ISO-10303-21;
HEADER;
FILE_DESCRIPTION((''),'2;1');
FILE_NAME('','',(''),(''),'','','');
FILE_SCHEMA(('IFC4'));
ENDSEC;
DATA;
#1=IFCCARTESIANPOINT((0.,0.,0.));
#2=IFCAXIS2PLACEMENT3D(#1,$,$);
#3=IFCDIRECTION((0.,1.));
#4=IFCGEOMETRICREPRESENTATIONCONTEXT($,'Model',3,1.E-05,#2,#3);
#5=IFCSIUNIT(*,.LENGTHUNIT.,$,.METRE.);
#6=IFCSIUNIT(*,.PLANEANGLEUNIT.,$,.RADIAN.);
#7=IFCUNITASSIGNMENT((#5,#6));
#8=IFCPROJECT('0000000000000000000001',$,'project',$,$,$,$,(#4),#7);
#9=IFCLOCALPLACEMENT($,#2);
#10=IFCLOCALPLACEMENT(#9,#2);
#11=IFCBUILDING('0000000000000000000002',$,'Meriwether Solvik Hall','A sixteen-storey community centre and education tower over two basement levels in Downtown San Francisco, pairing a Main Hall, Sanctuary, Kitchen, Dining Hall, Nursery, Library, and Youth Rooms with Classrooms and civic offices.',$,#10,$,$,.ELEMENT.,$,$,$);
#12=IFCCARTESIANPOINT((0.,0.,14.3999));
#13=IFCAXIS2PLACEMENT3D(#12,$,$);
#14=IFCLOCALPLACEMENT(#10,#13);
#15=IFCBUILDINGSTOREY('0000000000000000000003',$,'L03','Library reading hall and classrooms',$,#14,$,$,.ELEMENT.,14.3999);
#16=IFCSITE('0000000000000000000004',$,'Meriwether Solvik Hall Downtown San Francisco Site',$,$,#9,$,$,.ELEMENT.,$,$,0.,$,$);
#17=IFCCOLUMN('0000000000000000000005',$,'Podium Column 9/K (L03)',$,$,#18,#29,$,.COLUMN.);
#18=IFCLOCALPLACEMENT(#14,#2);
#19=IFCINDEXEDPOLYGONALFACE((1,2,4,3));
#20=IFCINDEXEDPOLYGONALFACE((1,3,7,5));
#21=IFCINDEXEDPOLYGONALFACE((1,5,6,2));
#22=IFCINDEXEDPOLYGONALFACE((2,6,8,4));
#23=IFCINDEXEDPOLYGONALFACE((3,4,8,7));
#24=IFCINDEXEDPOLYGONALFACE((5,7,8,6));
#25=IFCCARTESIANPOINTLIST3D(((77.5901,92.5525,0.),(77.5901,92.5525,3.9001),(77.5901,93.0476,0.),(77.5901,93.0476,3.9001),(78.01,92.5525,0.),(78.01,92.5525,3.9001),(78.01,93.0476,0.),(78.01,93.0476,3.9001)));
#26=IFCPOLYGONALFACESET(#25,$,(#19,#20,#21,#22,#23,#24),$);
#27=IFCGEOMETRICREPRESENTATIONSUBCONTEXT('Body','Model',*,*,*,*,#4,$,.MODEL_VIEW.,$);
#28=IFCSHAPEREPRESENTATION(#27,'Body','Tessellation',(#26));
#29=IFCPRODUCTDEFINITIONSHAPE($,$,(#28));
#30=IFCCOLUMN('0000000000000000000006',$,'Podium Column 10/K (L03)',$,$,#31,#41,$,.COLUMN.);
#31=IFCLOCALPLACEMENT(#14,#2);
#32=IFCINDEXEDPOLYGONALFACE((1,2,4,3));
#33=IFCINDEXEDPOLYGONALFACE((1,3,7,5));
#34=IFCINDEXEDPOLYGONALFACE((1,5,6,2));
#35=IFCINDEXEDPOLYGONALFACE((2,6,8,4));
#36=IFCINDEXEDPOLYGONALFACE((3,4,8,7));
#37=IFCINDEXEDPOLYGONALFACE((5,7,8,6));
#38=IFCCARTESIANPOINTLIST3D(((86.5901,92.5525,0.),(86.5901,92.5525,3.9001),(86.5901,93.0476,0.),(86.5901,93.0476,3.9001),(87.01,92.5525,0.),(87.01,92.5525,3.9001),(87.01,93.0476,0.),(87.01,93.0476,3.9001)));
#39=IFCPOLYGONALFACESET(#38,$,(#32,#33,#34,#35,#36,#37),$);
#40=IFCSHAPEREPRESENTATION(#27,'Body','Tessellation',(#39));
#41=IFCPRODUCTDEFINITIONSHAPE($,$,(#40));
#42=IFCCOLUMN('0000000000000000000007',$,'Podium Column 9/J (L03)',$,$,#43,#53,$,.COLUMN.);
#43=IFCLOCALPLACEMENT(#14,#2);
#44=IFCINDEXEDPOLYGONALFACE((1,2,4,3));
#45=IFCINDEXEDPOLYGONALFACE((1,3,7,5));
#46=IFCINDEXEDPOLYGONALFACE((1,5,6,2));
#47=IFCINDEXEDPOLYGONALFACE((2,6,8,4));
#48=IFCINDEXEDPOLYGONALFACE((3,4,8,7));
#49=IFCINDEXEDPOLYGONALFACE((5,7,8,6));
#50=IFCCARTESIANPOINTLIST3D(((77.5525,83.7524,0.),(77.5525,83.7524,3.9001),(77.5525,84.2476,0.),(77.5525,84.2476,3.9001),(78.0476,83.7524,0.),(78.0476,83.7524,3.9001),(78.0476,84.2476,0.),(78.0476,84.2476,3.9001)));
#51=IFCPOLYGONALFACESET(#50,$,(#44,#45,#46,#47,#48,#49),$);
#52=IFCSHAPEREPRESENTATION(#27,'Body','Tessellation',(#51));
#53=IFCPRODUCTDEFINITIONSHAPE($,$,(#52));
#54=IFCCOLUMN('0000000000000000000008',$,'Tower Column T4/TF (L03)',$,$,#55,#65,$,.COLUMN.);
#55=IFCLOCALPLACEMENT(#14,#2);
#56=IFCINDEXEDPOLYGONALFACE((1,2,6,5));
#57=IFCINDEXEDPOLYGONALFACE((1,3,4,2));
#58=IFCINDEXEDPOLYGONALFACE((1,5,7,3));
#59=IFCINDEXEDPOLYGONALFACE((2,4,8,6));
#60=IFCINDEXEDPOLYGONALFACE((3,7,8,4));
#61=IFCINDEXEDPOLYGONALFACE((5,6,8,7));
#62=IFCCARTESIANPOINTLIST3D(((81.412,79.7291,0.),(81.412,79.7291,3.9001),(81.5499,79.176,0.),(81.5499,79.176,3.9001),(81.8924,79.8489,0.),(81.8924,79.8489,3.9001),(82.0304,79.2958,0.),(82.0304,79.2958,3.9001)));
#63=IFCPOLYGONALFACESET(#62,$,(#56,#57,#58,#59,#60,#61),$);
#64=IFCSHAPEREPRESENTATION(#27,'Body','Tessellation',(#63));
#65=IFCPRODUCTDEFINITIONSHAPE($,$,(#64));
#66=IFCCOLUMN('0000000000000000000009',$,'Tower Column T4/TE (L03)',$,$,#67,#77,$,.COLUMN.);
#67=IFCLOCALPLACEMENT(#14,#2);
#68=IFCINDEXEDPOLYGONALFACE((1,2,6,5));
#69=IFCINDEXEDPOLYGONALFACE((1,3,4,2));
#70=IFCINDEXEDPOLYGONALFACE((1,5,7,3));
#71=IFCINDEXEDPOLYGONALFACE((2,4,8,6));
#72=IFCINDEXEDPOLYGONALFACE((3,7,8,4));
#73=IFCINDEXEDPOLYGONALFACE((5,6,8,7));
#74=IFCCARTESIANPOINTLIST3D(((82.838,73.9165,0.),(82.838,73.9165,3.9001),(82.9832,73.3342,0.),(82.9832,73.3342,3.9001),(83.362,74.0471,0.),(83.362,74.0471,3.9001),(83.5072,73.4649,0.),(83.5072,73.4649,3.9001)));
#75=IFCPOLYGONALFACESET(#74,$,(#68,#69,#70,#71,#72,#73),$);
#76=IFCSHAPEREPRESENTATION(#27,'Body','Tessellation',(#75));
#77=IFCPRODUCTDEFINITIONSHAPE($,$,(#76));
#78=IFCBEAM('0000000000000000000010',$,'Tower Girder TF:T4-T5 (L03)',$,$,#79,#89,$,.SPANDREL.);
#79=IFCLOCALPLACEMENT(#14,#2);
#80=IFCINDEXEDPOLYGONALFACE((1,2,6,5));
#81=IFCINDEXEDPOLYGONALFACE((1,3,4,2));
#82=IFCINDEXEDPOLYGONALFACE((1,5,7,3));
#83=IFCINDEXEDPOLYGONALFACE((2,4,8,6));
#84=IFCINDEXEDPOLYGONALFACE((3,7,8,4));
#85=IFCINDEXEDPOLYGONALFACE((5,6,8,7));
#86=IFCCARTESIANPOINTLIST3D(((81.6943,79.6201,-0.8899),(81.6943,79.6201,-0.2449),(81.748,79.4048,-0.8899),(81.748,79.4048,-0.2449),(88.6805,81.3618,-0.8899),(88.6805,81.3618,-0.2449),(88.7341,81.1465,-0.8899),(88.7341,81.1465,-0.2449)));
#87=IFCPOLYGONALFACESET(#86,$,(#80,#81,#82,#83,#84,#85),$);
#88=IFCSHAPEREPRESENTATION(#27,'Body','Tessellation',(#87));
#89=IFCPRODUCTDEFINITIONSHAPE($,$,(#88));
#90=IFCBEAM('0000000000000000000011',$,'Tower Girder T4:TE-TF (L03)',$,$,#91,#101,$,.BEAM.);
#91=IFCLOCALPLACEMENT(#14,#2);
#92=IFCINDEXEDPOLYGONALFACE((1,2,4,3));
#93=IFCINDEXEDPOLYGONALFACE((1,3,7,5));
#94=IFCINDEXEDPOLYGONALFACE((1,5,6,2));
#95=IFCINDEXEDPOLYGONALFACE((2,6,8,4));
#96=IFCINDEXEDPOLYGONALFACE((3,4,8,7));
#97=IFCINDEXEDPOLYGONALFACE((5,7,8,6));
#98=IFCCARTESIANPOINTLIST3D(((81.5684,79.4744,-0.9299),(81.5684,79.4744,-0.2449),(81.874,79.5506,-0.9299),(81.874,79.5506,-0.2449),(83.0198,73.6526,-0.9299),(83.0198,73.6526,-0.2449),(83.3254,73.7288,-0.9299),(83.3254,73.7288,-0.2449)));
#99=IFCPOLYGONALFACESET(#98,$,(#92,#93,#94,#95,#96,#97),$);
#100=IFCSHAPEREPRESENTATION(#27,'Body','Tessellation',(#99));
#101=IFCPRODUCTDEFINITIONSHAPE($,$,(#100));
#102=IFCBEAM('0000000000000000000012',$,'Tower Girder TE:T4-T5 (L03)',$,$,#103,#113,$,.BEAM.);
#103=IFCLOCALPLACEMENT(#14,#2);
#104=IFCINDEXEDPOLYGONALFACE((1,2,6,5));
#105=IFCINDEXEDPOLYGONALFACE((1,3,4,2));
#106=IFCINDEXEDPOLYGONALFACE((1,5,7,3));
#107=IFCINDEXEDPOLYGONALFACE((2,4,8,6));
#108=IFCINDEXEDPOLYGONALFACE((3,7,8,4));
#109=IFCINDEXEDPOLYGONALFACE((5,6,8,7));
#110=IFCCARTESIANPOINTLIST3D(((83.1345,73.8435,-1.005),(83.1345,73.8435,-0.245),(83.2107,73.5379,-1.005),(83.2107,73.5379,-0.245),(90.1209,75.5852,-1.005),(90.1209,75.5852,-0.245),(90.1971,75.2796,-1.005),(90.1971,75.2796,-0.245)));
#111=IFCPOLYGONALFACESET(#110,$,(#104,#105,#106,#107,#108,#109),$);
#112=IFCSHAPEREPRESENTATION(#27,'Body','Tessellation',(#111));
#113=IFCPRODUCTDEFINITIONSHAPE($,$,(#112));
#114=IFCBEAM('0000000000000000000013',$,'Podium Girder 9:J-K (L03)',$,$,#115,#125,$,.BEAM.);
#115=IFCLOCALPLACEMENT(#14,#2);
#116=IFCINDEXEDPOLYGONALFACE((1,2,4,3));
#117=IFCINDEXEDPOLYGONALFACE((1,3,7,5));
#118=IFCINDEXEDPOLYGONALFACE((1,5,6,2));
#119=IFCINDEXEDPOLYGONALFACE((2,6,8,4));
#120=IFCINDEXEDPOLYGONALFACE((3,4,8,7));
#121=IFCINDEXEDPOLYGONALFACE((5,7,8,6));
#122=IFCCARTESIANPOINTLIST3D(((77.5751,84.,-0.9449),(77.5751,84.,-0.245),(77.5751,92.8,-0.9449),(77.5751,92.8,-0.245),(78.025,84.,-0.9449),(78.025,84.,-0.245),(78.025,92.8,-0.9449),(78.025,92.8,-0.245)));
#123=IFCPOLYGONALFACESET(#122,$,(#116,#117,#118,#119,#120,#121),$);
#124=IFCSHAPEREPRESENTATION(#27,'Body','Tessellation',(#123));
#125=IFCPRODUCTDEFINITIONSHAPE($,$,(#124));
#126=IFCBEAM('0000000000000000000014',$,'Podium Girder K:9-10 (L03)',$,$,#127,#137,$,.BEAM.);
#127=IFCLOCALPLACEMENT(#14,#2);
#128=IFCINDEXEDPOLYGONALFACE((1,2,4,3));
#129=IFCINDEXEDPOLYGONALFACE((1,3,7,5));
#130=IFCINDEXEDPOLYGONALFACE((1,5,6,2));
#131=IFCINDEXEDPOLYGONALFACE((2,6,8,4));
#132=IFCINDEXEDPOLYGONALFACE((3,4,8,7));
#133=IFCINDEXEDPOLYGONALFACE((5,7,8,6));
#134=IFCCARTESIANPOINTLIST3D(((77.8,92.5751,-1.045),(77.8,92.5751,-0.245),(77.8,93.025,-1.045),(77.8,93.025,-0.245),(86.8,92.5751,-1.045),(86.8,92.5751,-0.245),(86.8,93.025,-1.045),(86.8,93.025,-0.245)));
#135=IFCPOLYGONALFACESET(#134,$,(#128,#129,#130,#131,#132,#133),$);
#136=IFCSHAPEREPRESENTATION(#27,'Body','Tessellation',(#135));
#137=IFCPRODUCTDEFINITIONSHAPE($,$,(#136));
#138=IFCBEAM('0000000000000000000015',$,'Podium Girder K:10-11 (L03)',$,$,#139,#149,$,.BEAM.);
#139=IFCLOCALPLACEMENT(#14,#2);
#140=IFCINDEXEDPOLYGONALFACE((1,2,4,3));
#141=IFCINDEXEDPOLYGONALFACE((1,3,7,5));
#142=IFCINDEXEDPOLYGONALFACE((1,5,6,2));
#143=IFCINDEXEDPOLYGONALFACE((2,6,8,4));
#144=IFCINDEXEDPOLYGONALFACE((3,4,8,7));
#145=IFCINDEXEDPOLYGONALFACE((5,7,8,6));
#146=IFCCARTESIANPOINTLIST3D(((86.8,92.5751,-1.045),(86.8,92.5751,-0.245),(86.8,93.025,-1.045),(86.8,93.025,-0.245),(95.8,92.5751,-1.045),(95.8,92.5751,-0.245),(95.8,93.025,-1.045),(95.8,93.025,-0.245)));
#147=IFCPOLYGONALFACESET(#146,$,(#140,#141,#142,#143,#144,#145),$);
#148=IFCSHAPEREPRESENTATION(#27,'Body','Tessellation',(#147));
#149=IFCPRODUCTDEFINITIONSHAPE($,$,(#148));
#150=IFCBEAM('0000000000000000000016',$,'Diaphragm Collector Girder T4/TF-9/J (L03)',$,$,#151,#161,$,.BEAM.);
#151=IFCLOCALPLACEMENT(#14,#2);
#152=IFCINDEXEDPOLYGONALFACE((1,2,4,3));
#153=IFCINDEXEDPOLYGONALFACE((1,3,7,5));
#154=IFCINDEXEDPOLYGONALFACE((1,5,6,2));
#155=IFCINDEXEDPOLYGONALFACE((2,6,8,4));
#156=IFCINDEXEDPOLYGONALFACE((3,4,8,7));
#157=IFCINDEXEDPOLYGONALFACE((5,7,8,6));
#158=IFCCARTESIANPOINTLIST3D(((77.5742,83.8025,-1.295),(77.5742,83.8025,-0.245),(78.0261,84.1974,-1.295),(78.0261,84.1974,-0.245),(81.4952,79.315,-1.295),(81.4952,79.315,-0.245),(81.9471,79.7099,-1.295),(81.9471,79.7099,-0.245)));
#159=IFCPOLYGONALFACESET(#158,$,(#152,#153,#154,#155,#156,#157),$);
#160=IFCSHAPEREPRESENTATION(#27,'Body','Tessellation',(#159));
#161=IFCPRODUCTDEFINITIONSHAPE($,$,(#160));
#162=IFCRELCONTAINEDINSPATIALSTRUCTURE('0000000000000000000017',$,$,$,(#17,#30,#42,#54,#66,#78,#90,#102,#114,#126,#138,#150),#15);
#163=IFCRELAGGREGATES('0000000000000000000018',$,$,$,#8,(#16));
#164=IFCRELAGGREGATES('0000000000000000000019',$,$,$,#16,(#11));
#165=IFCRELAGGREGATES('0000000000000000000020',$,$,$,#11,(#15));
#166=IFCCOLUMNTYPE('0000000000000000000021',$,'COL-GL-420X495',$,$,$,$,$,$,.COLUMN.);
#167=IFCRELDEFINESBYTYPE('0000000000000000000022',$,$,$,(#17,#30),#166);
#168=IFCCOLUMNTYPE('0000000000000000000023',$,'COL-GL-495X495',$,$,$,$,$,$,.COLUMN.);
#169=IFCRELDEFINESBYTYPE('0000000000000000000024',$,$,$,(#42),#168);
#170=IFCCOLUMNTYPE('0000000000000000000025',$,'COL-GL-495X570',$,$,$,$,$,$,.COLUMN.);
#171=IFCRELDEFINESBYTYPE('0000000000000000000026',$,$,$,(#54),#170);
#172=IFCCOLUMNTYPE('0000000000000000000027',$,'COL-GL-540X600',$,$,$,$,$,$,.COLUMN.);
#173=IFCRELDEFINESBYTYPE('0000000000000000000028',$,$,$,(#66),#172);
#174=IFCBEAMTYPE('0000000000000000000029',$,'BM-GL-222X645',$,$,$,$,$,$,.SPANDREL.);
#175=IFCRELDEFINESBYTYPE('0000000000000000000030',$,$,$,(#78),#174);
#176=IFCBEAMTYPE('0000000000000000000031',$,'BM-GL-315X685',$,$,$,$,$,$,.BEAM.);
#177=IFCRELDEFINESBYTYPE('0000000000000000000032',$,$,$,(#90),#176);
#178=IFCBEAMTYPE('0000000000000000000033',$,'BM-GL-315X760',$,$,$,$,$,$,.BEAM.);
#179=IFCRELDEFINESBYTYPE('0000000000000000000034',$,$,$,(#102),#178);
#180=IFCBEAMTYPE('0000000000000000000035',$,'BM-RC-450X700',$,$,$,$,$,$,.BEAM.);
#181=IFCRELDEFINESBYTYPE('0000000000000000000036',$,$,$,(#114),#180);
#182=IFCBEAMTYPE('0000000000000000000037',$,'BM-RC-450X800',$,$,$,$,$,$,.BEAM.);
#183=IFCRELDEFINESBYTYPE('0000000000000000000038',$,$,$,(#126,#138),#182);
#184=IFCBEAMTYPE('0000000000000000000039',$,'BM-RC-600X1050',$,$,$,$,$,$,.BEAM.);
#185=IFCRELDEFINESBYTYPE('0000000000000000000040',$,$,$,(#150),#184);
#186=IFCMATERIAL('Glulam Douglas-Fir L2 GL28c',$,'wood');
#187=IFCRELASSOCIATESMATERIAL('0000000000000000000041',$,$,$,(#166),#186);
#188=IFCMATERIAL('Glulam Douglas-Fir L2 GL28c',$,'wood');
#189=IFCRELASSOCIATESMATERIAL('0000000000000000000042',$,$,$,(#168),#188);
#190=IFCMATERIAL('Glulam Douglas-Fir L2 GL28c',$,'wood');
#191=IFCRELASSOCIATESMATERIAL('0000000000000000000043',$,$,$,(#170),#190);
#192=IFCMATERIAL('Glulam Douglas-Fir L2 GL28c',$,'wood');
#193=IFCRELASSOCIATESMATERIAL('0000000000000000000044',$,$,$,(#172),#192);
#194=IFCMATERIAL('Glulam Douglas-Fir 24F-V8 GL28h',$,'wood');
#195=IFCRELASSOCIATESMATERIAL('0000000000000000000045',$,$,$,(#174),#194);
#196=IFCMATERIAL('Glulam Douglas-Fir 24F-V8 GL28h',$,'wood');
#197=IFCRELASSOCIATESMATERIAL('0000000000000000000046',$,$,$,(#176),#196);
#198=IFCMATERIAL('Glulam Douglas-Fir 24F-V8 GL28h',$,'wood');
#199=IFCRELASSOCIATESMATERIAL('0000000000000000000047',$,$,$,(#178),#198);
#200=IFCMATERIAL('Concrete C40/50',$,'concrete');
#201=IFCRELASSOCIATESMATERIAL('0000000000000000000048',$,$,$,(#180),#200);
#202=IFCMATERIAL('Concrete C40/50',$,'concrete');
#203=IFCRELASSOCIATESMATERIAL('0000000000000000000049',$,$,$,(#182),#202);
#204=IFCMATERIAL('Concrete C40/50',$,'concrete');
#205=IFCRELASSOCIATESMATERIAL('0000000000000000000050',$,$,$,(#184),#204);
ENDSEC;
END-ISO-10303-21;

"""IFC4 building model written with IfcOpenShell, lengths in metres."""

from ifc_helpers import new_model, si_unit, direction, frame, origin, origin_2d, place, context, subcontext, project, spatial, rectangle, extrude, material, material_profile, profile_set, type_object, element, save


model = new_model("IFC4")

# Units and contexts
model_context = context("Model", 3, precision=1e-05, world=origin(), true_north=direction((0.0, 1.0)))
body_context = subcontext(model_context, "Body", "Model", "MODEL_VIEW")
ifc_project = project(units=[si_unit("LENGTHUNIT", "METRE"), si_unit("PLANEANGLEUNIT", "RADIAN")], contexts=[model_context])

# Site, building, storey
site_placement = place(None, origin())
site = spatial("IfcSite", under=ifc_project, at=site_placement, Name="Meriwether Solvik Hall Downtown San Francisco Site", CompositionType="ELEMENT", RefElevation=0.0)
building_placement = place(site_placement, origin())
building = spatial("IfcBuilding", under=site, at=building_placement, Name="Meriwether Solvik Hall", Description="A sixteen-storey community centre and education tower over two basement levels in Downtown San Francisco, pairing a Main Hall, Sanctuary, Kitchen, Dining Hall, Nursery, Library, and Youth Rooms with Classrooms and civic offices.", CompositionType="ELEMENT")
storey_placement = place(building_placement, frame((0.0, 0.0, 14.3999)))
storey = spatial("IfcBuildingStorey", under=building, at=storey_placement, Name="L03", Description="Library reading hall and classrooms", CompositionType="ELEMENT", Elevation=14.3999)

# Columns
ifc_material_1 = material(Name="Glulam Douglas-Fir L2 GL28c", Category="wood")
ifc_material_profile_1 = material_profile(ifc_material_1, rectangle(XDim=0.4199, YDim=0.4951, at=origin_2d()), Name="GLC-420X495")
ifc_profile_set_1 = profile_set([ifc_material_profile_1], Name="Glulam Douglas-Fir L2 GL28c")
column_type_1 = type_object("IfcColumnType", Name="COL-GL-420X495", PredefinedType="COLUMN", material=ifc_profile_set_1)
for number, where, z_axis, x_axis, name in (
    (1, (77.8, 92.8, 0.0), (0.0, 0.0, 1.0), (1.0, 0.0, 0.0), "Podium Column 9/K (L03)"),
    (2, (86.8, 92.8, 0.0), (0.0, 0.0, 1.0), (1.0, 0.0, 0.0), "Podium Column 10/K (L03)"),
):
    element("IfcColumn", number, at=place(storey_placement, frame(where, z_axis=z_axis, x_axis=x_axis)), inside=storey, type_object=column_type_1, Name=name, PredefinedType="COLUMN", context=body_context, shape_type="SweptSolid", body=[
        extrude(rectangle(XDim=0.4199, YDim=0.4951, at=origin_2d()), origin(), (0.0, 0.0, 1.0), 3.9001),
    ])
ifc_material_2 = material(Name="Glulam Douglas-Fir L2 GL28c", Category="wood")
ifc_material_profile_2 = material_profile(ifc_material_2, rectangle(XDim=0.4951, YDim=0.4951, at=origin_2d()), Name="GLC-495X495")
ifc_profile_set_2 = profile_set([ifc_material_profile_2], Name="Glulam Douglas-Fir L2 GL28c")
column_type_2 = type_object("IfcColumnType", Name="COL-GL-495X495", PredefinedType="COLUMN", material=ifc_profile_set_2)
column_1_placement = place(storey_placement, frame((77.8, 84.0, 0.0), z_axis=(0.0, 0.0, 1.0), x_axis=(1.0, 0.0, 0.0)))
element("IfcColumn", 3, at=column_1_placement, inside=storey, type_object=column_type_2, Name="Podium Column 9/J (L03)", PredefinedType="COLUMN", context=body_context, shape_type="SweptSolid", body=[
    extrude(rectangle(XDim=0.4951, YDim=0.4951, at=origin_2d()), origin(), (0.0, 0.0, 1.0), 3.9001),
])
ifc_material_3 = material(Name="Glulam Douglas-Fir L2 GL28c", Category="wood")
ifc_material_profile_3 = material_profile(ifc_material_3, rectangle(XDim=0.4951, YDim=0.5701, at=origin_2d()), Name="GLC-495X570")
ifc_profile_set_3 = profile_set([ifc_material_profile_3], Name="Glulam Douglas-Fir L2 GL28c")
column_type_3 = type_object("IfcColumnType", Name="COL-GL-495X570", PredefinedType="COLUMN", material=ifc_profile_set_3)
column_2_placement = place(storey_placement, frame((81.7212, 79.5125, 0.0), z_axis=(0.0, 0.0, 1.0), x_axis=(0.970296, 0.241922, 0.0)))
element("IfcColumn", 4, at=column_2_placement, inside=storey, type_object=column_type_3, Name="Tower Column T4/TF (L03)", PredefinedType="COLUMN", context=body_context, shape_type="SweptSolid", body=[
    extrude(rectangle(XDim=0.4951, YDim=0.5701, at=origin_2d()), origin(), (0.0, 0.0, 1.0), 3.9001),
])
ifc_material_4 = material(Name="Glulam Douglas-Fir L2 GL28c", Category="wood")
ifc_material_profile_4 = material_profile(ifc_material_4, rectangle(XDim=0.54, YDim=0.6001, at=origin_2d()), Name="GLC-540X600")
ifc_profile_set_4 = profile_set([ifc_material_profile_4], Name="Glulam Douglas-Fir L2 GL28c")
column_type_4 = type_object("IfcColumnType", Name="COL-GL-540X600", PredefinedType="COLUMN", material=ifc_profile_set_4)
column_3_placement = place(storey_placement, frame((83.1726, 73.6907, 0.0), z_axis=(0.0, 0.0, 1.0), x_axis=(0.970296, 0.241922, 0.0)))
element("IfcColumn", 5, at=column_3_placement, inside=storey, type_object=column_type_4, Name="Tower Column T4/TE (L03)", PredefinedType="COLUMN", context=body_context, shape_type="SweptSolid", body=[
    extrude(rectangle(XDim=0.54, YDim=0.6001, at=origin_2d()), origin(), (0.0, 0.0, 1.0), 3.9001),
])

# Beams
ifc_material_5 = material(Name="Glulam Douglas-Fir 24F-V8 GL28h", Category="wood")
ifc_material_profile_5 = material_profile(ifc_material_5, rectangle(XDim=0.2219, YDim=0.645, at=origin_2d()), Name="GLB-222X645")
ifc_profile_set_5 = profile_set([ifc_material_profile_5], Name="Glulam Douglas-Fir 24F-V8 GL28h")
beam_type_1 = type_object("IfcBeamType", Name="BM-GL-222X645", PredefinedType="SPANDREL", material=ifc_profile_set_5)
beam_1_placement = place(storey_placement, frame((81.7212, 79.5125, -0.5674), z_axis=(0.9703, 0.241905, 0.0), x_axis=(-0.241905, 0.9703, 0.0)))
element("IfcBeam", 6, at=beam_1_placement, inside=storey, type_object=beam_type_1, Name="Tower Girder TF:T4-T5 (L03)", PredefinedType="SPANDREL", context=body_context, shape_type="SweptSolid", body=[
    extrude(rectangle(XDim=0.2219, YDim=0.645, at=origin_2d()), origin(), (0.0, 0.0, 1.0), 7.2),
])
ifc_material_6 = material(Name="Glulam Douglas-Fir 24F-V8 GL28h", Category="wood")
ifc_material_profile_6 = material_profile(ifc_material_6, rectangle(XDim=0.3149, YDim=0.6851, at=origin_2d()), Name="GLB-315X685")
ifc_profile_set_6 = profile_set([ifc_material_profile_6], Name="Glulam Douglas-Fir 24F-V8 GL28h")
beam_type_2 = type_object("IfcBeamType", Name="BM-GL-315X685", PredefinedType="BEAM", material=ifc_profile_set_6)
beam_2_placement = place(storey_placement, frame((83.1726, 73.6907, -0.5874), z_axis=(-0.241904, 0.9703, 0.0), x_axis=(-0.9703, -0.241904, 0.0)))
element("IfcBeam", 7, at=beam_2_placement, inside=storey, type_object=beam_type_2, Name="Tower Girder T4:TE-TF (L03)", PredefinedType="BEAM", context=body_context, shape_type="SweptSolid", body=[
    extrude(rectangle(XDim=0.3149, YDim=0.6851, at=origin_2d()), origin(), (0.0, 0.0, 1.0), 6.0),
])
ifc_material_7 = material(Name="Glulam Douglas-Fir 24F-V8 GL28h", Category="wood")
ifc_material_profile_7 = material_profile(ifc_material_7, rectangle(XDim=0.3149, YDim=0.76, at=origin_2d()), Name="GLB-315X760")
ifc_profile_set_7 = profile_set([ifc_material_profile_7], Name="Glulam Douglas-Fir 24F-V8 GL28h")
beam_type_3 = type_object("IfcBeamType", Name="BM-GL-315X760", PredefinedType="BEAM", material=ifc_profile_set_7)
beam_3_placement = place(storey_placement, frame((83.1726, 73.6907, -0.625), z_axis=(0.970302, 0.241897, 0.0), x_axis=(-0.241897, 0.970302, 0.0)))
element("IfcBeam", 8, at=beam_3_placement, inside=storey, type_object=beam_type_3, Name="Tower Girder TE:T4-T5 (L03)", PredefinedType="BEAM", context=body_context, shape_type="SweptSolid", body=[
    extrude(rectangle(XDim=0.3149, YDim=0.76, at=origin_2d()), origin(), (0.0, 0.0, 1.0), 7.2002),
])
ifc_material_8 = material(Name="Concrete C40/50", Category="concrete")
ifc_material_profile_8 = material_profile(ifc_material_8, rectangle(XDim=0.45, YDim=0.7, at=origin_2d()), Name="RCB-450X700")
ifc_profile_set_8 = profile_set([ifc_material_profile_8], Name="Concrete C40/50")
beam_type_4 = type_object("IfcBeamType", Name="BM-RC-450X700", PredefinedType="BEAM", material=ifc_profile_set_8)
beam_4_placement = place(storey_placement, frame((77.8, 84.0, -0.595), z_axis=(0.0, 1.0, 0.0), x_axis=(-1.0, 0.0, 0.0)))
element("IfcBeam", 9, at=beam_4_placement, inside=storey, type_object=beam_type_4, Name="Podium Girder 9:J-K (L03)", PredefinedType="BEAM", context=body_context, shape_type="SweptSolid", body=[
    extrude(rectangle(XDim=0.45, YDim=0.7, at=origin_2d()), origin(), (0.0, 0.0, 1.0), 8.8),
])
ifc_material_9 = material(Name="Concrete C40/50", Category="concrete")
ifc_material_profile_9 = material_profile(ifc_material_9, rectangle(XDim=0.45, YDim=0.8, at=origin_2d()), Name="RCB-450X800")
ifc_profile_set_9 = profile_set([ifc_material_profile_9], Name="Concrete C40/50")
beam_type_5 = type_object("IfcBeamType", Name="BM-RC-450X800", PredefinedType="BEAM", material=ifc_profile_set_9)
for number, where, z_axis, x_axis, name in (
    (10, (77.8, 92.8, -0.645), (1.0, 0.0, 0.0), (0.0, 1.0, 0.0), "Podium Girder K:9-10 (L03)"),
    (11, (86.8, 92.8, -0.645), (1.0, 0.0, 0.0), (0.0, 1.0, 0.0), "Podium Girder K:10-11 (L03)"),
):
    element("IfcBeam", number, at=place(storey_placement, frame(where, z_axis=z_axis, x_axis=x_axis)), inside=storey, type_object=beam_type_5, Name=name, PredefinedType="BEAM", context=body_context, shape_type="SweptSolid", body=[
        extrude(rectangle(XDim=0.45, YDim=0.8, at=origin_2d()), origin(), (0.0, 0.0, 1.0), 9.0),
    ])
ifc_material_10 = material(Name="Concrete C40/50", Category="concrete")
ifc_material_profile_10 = material_profile(ifc_material_10, rectangle(XDim=0.6001, YDim=1.05, at=origin_2d()), Name="RCB-600X1050")
ifc_profile_set_10 = profile_set([ifc_material_profile_10], Name="Concrete C40/50")
beam_type_6 = type_object("IfcBeamType", Name="BM-RC-600X1050", PredefinedType="BEAM", material=ifc_profile_set_10)
beam_5_placement = place(storey_placement, frame((81.7212, 79.5125, -0.77), z_axis=(-0.657985, 0.753031, 0.0), x_axis=(-0.753031, -0.657985, 0.0)))
element("IfcBeam", 12, at=beam_5_placement, inside=storey, type_object=beam_type_6, Name="Diaphragm Collector Girder T4/TF-9/J (L03)", PredefinedType="BEAM", context=body_context, shape_type="SweptSolid", body=[
    extrude(rectangle(XDim=0.6001, YDim=1.05, at=origin_2d()), origin(), (0.0, 0.0, 1.0), 5.9592),
])

save(model, "model.ifc")
